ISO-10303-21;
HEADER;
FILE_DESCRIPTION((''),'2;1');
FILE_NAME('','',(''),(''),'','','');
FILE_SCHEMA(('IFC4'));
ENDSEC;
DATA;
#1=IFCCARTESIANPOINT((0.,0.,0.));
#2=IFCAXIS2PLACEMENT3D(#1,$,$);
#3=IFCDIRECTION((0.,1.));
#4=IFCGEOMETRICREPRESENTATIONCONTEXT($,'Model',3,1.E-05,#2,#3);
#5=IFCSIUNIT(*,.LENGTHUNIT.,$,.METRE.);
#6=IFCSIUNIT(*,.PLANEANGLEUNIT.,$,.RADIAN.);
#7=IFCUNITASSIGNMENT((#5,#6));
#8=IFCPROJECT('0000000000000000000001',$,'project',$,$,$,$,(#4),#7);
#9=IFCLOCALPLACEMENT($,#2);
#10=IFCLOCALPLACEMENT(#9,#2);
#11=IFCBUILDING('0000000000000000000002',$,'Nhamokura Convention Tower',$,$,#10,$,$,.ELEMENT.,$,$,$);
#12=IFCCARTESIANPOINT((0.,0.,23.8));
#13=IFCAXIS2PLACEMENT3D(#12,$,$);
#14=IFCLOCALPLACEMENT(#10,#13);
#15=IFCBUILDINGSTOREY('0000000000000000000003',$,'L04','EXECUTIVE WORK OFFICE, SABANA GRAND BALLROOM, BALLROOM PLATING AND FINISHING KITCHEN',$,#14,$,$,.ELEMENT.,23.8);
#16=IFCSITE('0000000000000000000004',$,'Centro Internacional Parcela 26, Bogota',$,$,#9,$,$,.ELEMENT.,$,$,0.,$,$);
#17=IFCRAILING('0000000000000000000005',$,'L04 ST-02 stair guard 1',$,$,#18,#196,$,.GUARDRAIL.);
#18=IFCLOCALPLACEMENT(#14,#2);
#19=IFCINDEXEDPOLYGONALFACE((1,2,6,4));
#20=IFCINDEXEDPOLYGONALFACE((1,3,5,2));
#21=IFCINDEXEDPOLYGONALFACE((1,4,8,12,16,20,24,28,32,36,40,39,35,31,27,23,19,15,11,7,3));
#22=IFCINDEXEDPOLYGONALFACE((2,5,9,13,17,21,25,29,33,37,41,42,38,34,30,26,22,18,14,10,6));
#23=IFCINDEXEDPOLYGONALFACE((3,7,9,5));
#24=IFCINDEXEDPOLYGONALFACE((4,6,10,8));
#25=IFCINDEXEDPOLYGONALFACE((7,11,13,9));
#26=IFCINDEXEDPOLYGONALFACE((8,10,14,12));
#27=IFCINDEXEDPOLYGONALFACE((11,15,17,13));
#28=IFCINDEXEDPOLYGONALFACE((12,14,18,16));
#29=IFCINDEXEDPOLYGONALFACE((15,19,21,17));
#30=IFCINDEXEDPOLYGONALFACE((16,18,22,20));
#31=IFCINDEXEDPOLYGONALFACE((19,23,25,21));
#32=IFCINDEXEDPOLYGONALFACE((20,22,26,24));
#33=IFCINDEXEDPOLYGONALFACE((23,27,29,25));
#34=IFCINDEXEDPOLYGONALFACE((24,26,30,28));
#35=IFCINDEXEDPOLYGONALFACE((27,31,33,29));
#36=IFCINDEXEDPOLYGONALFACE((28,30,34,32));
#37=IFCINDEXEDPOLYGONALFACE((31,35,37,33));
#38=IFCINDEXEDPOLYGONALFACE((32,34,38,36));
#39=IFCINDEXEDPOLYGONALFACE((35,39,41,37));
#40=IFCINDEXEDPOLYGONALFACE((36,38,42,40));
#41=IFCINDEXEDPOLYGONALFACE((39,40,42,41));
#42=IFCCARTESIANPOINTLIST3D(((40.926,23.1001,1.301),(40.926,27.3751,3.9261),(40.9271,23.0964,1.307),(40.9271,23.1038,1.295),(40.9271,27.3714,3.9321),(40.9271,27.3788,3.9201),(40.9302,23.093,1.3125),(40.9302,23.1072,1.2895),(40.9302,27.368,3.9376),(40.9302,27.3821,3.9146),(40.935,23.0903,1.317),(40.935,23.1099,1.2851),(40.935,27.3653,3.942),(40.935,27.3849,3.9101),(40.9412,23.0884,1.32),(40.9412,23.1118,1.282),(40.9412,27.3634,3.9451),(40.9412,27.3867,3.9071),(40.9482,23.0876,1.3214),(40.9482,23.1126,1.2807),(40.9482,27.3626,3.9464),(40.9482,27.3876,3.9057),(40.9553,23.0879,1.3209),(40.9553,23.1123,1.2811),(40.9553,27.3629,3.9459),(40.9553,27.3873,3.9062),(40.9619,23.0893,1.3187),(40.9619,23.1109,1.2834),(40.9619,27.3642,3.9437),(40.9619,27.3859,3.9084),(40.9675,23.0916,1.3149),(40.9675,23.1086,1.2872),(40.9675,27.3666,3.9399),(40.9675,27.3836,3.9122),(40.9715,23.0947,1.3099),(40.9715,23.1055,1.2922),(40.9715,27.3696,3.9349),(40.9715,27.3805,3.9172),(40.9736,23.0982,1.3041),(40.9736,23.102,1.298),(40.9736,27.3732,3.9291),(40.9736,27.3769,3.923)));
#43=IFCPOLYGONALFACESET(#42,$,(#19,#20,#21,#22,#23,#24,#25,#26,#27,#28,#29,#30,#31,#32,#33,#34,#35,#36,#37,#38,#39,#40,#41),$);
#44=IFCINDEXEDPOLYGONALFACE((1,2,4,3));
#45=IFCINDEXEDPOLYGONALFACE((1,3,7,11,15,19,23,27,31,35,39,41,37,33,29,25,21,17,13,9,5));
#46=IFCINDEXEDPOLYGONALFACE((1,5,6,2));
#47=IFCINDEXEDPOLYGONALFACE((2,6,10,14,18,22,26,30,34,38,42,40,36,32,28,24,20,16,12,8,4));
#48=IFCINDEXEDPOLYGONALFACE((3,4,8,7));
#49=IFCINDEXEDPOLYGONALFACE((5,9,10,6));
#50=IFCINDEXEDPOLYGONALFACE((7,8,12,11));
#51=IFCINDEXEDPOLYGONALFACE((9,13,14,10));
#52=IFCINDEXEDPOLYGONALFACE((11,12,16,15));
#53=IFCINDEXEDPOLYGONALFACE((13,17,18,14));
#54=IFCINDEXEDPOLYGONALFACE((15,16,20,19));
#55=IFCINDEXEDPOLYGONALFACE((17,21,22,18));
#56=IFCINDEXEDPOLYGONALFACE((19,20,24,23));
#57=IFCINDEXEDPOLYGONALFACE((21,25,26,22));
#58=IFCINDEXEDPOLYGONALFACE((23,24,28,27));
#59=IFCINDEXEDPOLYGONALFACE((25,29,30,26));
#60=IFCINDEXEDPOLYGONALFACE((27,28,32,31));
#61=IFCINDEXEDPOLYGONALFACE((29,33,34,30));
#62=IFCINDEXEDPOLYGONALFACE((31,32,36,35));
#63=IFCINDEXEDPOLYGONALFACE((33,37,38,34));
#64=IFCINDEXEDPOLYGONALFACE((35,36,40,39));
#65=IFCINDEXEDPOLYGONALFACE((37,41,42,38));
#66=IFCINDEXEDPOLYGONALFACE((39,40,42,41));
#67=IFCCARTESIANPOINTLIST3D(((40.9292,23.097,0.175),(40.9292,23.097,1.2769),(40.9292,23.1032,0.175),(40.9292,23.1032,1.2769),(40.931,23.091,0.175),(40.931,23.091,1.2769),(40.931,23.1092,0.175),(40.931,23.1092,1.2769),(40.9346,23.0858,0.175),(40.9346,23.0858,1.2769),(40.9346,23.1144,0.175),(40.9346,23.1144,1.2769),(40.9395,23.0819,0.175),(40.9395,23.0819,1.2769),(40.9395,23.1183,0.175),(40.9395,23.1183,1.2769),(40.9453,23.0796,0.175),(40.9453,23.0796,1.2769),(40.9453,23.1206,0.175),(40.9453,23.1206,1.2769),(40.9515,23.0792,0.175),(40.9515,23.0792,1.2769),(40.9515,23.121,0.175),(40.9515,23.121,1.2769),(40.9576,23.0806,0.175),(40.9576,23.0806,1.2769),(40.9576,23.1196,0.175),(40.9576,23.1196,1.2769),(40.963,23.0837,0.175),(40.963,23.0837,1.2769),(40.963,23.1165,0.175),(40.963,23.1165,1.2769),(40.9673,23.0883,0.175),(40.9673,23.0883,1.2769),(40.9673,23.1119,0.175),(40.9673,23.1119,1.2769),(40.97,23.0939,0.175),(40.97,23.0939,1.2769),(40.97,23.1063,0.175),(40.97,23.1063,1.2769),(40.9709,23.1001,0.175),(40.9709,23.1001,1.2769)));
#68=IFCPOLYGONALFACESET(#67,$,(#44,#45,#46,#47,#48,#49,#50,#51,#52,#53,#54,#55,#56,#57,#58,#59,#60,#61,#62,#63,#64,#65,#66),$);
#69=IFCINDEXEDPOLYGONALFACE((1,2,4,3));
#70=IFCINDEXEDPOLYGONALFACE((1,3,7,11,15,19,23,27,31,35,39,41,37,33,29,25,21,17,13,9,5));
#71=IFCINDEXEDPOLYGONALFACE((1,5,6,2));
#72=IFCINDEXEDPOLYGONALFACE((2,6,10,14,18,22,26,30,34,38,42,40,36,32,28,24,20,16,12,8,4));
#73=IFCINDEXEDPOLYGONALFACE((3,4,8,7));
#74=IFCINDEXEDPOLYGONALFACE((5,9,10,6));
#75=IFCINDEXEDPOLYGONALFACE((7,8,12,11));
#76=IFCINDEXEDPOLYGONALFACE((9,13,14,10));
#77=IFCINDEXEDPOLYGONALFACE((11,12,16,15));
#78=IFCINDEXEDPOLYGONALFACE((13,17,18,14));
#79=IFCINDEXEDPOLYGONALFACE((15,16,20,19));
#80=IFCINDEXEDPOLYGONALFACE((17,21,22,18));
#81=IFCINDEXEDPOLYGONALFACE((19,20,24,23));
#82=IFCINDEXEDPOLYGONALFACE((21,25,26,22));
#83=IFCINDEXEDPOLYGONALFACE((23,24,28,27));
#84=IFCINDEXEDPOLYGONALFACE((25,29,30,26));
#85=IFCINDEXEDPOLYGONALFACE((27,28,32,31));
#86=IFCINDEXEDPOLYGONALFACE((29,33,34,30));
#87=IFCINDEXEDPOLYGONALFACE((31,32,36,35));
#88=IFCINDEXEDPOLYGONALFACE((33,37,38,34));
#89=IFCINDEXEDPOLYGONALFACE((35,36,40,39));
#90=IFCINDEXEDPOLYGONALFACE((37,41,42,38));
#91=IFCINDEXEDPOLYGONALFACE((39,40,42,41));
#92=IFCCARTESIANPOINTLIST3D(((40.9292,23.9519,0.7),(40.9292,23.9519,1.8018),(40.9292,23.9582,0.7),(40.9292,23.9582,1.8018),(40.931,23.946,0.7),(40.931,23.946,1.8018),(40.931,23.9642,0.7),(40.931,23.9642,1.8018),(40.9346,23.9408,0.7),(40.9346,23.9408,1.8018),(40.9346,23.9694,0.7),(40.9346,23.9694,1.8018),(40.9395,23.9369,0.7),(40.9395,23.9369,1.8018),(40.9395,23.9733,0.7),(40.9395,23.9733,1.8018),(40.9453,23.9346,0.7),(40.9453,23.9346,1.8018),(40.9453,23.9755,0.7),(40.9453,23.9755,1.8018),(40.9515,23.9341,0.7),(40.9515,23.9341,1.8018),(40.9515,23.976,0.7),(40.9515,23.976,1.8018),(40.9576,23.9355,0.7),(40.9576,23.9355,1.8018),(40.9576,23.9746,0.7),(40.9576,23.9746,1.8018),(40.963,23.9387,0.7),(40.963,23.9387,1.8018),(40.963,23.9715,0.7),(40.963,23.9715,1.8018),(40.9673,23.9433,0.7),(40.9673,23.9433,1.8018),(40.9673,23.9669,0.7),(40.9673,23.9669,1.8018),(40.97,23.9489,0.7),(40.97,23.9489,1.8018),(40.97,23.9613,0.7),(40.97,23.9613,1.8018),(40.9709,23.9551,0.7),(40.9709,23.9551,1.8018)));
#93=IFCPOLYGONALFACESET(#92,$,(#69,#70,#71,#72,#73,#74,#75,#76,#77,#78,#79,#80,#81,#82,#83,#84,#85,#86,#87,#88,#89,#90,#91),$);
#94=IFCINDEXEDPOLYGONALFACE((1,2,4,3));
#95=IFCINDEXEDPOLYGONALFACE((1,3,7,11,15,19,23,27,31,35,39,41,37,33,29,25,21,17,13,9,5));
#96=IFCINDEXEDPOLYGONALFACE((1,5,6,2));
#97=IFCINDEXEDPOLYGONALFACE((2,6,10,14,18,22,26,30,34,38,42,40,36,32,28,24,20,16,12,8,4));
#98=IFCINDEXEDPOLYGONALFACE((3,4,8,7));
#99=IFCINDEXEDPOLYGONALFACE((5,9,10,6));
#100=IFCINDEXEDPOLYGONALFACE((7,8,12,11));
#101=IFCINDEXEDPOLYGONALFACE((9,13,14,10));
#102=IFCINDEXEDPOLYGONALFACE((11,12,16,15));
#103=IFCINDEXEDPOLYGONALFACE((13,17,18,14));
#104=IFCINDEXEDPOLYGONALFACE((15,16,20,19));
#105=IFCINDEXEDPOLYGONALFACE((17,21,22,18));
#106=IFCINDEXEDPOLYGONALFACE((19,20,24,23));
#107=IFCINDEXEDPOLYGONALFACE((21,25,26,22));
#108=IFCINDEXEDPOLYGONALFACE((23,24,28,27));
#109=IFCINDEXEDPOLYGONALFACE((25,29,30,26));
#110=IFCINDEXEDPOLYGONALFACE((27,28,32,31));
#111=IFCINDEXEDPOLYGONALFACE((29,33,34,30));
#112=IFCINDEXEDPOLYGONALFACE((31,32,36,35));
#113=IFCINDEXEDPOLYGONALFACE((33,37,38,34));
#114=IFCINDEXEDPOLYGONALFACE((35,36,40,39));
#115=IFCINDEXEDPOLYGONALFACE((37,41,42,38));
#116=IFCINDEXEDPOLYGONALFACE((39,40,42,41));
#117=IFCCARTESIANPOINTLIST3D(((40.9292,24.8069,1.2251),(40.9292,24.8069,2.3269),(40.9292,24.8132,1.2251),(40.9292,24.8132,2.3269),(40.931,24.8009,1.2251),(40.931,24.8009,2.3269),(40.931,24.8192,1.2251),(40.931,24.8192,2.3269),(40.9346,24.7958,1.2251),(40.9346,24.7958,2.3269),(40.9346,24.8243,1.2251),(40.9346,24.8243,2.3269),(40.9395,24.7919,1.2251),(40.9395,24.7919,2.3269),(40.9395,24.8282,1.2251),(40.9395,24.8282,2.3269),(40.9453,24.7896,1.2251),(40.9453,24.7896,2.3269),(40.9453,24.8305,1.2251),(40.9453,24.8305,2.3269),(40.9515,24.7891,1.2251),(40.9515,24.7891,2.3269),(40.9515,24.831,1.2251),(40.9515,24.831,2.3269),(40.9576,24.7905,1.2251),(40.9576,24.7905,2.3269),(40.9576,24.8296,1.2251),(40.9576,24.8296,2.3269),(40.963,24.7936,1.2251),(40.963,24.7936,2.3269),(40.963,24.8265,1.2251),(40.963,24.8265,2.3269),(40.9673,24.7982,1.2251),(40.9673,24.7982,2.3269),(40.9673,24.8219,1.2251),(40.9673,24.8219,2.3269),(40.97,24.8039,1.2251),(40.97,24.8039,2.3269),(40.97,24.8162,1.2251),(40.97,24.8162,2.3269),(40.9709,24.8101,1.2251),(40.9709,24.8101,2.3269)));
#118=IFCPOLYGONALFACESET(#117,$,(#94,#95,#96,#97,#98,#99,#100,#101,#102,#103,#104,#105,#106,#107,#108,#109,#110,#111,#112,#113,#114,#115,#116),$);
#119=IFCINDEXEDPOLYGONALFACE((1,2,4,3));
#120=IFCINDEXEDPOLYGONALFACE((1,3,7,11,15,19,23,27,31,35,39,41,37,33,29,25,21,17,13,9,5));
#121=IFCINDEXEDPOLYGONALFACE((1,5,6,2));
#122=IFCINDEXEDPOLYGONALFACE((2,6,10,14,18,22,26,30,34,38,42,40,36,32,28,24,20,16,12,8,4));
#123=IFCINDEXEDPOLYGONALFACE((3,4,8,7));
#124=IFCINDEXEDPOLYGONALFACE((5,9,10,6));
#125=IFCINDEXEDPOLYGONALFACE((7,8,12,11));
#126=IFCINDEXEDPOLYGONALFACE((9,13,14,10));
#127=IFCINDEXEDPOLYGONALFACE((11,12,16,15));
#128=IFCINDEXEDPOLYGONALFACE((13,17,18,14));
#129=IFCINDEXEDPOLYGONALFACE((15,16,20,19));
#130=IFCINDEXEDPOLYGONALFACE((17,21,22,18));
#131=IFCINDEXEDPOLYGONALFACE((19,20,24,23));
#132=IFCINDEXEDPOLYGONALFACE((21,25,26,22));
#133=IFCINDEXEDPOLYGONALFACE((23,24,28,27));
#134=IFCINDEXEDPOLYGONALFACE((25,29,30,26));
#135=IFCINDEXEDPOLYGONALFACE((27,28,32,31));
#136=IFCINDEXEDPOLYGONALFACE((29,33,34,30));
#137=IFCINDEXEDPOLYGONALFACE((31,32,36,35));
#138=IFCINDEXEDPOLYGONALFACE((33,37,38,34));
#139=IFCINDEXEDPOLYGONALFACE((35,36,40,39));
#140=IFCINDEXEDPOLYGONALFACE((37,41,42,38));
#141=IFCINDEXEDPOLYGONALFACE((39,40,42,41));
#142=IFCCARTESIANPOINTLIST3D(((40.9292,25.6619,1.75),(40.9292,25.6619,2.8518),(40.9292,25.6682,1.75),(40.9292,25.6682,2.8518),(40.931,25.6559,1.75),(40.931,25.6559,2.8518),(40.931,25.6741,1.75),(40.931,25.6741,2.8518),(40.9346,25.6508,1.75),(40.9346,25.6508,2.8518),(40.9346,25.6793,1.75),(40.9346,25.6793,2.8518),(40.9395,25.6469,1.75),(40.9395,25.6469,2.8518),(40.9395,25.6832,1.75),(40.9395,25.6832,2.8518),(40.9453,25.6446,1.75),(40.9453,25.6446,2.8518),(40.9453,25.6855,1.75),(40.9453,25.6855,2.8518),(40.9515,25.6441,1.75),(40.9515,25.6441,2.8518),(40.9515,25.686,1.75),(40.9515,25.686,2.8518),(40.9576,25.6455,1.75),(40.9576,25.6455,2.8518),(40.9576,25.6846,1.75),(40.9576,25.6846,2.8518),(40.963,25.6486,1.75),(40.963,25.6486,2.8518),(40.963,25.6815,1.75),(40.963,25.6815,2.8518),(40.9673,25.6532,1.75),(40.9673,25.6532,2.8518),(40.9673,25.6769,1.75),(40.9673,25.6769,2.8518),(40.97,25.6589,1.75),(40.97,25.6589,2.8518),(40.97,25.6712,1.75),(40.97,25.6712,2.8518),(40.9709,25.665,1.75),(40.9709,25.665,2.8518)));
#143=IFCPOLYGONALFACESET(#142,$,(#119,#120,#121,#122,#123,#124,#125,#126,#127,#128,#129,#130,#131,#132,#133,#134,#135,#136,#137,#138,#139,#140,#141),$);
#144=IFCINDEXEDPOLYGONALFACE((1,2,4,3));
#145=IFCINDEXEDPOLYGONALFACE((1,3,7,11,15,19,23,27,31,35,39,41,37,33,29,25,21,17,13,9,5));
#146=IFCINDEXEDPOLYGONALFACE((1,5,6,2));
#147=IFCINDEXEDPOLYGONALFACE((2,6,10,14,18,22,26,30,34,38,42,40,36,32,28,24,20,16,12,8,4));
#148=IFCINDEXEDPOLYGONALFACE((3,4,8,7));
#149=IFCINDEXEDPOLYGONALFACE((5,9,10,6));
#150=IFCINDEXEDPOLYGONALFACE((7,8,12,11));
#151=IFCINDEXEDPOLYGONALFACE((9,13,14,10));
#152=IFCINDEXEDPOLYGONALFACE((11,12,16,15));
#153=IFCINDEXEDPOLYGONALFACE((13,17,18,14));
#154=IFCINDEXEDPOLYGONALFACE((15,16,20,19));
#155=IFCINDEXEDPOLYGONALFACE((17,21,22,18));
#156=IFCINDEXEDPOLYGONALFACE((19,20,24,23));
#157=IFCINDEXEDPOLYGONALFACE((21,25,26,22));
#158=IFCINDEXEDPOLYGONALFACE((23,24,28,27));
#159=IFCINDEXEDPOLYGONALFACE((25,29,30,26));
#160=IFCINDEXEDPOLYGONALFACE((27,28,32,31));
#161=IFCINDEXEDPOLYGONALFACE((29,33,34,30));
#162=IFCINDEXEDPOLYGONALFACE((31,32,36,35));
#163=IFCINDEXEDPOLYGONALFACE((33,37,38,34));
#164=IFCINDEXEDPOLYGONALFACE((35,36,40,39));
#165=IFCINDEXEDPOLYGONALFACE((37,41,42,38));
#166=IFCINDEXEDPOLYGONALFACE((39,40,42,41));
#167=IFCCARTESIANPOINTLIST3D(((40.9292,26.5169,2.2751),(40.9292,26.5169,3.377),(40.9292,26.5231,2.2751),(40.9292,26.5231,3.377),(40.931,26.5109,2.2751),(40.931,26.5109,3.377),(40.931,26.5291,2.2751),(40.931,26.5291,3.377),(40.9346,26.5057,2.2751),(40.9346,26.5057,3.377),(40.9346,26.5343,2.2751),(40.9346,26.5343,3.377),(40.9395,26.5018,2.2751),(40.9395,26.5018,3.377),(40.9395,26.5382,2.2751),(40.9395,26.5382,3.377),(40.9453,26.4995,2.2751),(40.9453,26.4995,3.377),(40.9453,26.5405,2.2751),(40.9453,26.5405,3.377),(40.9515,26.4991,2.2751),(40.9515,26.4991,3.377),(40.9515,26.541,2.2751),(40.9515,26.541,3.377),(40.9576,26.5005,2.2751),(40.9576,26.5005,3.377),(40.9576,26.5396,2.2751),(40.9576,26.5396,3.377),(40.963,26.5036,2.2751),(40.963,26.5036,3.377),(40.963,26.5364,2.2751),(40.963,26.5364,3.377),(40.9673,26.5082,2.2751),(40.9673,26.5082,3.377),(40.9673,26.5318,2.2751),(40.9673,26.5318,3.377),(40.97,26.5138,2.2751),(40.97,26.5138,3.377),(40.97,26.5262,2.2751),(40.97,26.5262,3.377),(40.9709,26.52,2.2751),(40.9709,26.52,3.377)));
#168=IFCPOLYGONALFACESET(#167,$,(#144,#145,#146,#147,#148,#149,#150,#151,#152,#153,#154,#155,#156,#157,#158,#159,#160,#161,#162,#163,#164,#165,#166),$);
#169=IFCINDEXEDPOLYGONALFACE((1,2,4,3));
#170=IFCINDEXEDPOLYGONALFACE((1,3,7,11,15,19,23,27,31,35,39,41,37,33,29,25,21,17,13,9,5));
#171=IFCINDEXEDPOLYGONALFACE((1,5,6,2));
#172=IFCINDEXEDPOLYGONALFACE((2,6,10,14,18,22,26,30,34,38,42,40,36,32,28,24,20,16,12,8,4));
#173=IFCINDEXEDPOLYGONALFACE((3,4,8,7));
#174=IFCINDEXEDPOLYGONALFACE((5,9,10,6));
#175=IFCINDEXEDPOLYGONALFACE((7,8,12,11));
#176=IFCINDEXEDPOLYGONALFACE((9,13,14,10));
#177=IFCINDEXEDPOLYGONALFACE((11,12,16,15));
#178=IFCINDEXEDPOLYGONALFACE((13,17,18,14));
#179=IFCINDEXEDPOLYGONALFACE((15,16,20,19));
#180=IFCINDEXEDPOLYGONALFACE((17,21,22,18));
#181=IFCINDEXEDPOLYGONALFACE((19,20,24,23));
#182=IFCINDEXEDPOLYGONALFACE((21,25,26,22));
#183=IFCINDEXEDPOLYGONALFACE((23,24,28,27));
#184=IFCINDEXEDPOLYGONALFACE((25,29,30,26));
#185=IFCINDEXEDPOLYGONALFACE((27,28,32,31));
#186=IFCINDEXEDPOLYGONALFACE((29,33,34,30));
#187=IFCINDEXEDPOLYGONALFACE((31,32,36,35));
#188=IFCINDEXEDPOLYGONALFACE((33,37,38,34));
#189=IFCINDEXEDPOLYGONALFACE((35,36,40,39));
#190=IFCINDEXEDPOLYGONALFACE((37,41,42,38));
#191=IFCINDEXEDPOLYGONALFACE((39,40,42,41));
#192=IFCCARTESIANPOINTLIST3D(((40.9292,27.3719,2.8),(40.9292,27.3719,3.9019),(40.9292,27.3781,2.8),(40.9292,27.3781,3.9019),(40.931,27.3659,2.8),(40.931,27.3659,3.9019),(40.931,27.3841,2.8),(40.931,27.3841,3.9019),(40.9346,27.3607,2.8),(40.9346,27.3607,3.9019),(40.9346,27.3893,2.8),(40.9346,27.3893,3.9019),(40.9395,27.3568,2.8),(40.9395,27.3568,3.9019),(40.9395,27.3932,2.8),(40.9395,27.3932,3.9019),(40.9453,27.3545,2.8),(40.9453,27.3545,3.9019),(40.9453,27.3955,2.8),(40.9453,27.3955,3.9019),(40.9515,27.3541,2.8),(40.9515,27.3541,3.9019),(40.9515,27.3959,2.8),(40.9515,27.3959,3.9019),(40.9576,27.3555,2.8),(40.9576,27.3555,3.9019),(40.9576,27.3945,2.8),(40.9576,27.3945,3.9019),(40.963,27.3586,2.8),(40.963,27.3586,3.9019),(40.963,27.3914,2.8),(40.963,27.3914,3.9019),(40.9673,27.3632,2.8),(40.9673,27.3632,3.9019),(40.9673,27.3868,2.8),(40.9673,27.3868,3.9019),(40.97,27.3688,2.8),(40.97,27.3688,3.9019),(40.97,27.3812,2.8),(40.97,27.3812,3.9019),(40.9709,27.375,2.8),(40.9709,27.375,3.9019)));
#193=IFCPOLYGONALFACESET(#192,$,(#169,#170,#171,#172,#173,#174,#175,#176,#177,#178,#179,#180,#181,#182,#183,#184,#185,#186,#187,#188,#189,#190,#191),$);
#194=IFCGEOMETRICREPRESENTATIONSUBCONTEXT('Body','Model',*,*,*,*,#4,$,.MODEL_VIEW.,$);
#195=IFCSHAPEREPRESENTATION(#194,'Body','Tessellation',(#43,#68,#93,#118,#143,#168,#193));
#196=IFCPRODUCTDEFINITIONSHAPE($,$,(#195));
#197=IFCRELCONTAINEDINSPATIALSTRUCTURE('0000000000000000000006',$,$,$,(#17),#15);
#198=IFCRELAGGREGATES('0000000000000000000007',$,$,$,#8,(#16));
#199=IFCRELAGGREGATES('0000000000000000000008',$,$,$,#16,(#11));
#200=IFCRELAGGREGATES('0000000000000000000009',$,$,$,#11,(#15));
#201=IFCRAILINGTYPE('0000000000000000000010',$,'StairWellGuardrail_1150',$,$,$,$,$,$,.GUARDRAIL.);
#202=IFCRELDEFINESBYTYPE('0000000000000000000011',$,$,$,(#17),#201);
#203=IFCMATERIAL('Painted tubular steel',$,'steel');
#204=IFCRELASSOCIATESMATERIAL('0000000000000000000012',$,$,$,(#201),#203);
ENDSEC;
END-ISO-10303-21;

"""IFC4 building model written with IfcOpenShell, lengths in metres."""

from ifc_helpers import new_model, si_unit, direction, frame, origin, origin_2d, place, context, subcontext, project, spatial, circle, extrude, material, type_object, element, save


model = new_model("IFC4")

# Units and contexts
model_context = context("Model", 3, precision=1e-05, world=origin(), true_north=direction((0.0, 1.0)))
body_context = subcontext(model_context, "Body", "Model", "MODEL_VIEW")
ifc_project = project(units=[si_unit("LENGTHUNIT", "METRE"), si_unit("PLANEANGLEUNIT", "RADIAN")], contexts=[model_context])

# Site, building, storey
site_placement = place(None, origin())
site = spatial("IfcSite", under=ifc_project, at=site_placement, Name="Centro Internacional Parcela 26, Bogota", CompositionType="ELEMENT", RefElevation=0.0)
building_placement = place(site_placement, origin())
building = spatial("IfcBuilding", under=site, at=building_placement, Name="Nhamokura Convention Tower", CompositionType="ELEMENT")
storey_placement = place(building_placement, frame((0.0, 0.0, 23.8)))
storey = spatial("IfcBuildingStorey", under=building, at=storey_placement, Name="L04", Description="EXECUTIVE WORK OFFICE, SABANA GRAND BALLROOM, BALLROOM PLATING AND FINISHING KITCHEN", CompositionType="ELEMENT", Elevation=23.8)

# Railing
ifc_material_1 = material(Name="Painted tubular steel", Category="steel")
railing_type_1 = type_object("IfcRailingType", Name="StairWellGuardrail_1150", PredefinedType="GUARDRAIL", material=ifc_material_1)
railing_1_placement = place(storey_placement, frame((40.95, 23.1001, 0.175)))
element("IfcRailing", 1, at=railing_1_placement, inside=storey, type_object=railing_type_1, Name="L04 ST-02 stair guard 1", PredefinedType="GUARDRAIL", context=body_context, shape_type="SweptSolid", body=[
    extrude(circle(Radius=0.0239, at=origin_2d()), frame((0.0, 0.0, 1.126), z_axis=(0.0, 0.852166, 0.523272), x_axis=(-1.0, 0.0, 0.0)), (0.0, 0.0, 1.0), 5.0166),
    extrude(circle(Radius=0.021, at=origin_2d()), origin(), (0.0, 0.0, 1.0), 1.1018),
    extrude(circle(Radius=0.021, at=origin_2d()), frame((0.0, 0.855, 0.5249)), (0.0, 0.0, 1.0), 1.1018),
    extrude(circle(Radius=0.021, at=origin_2d()), frame((0.0, 1.71, 1.05)), (0.0, 0.0, 1.0), 1.1018),
    extrude(circle(Radius=0.021, at=origin_2d()), frame((0.0, 2.5649, 1.575)), (0.0, 0.0, 1.0), 1.1018),
    extrude(circle(Radius=0.021, at=origin_2d()), frame((0.0, 3.4199, 2.1001)), (0.0, 0.0, 1.0), 1.1018),
    extrude(circle(Radius=0.021, at=origin_2d()), frame((0.0, 4.2749, 2.625)), (0.0, 0.0, 1.0), 1.1018),
])

save(model, "model.ifc")
